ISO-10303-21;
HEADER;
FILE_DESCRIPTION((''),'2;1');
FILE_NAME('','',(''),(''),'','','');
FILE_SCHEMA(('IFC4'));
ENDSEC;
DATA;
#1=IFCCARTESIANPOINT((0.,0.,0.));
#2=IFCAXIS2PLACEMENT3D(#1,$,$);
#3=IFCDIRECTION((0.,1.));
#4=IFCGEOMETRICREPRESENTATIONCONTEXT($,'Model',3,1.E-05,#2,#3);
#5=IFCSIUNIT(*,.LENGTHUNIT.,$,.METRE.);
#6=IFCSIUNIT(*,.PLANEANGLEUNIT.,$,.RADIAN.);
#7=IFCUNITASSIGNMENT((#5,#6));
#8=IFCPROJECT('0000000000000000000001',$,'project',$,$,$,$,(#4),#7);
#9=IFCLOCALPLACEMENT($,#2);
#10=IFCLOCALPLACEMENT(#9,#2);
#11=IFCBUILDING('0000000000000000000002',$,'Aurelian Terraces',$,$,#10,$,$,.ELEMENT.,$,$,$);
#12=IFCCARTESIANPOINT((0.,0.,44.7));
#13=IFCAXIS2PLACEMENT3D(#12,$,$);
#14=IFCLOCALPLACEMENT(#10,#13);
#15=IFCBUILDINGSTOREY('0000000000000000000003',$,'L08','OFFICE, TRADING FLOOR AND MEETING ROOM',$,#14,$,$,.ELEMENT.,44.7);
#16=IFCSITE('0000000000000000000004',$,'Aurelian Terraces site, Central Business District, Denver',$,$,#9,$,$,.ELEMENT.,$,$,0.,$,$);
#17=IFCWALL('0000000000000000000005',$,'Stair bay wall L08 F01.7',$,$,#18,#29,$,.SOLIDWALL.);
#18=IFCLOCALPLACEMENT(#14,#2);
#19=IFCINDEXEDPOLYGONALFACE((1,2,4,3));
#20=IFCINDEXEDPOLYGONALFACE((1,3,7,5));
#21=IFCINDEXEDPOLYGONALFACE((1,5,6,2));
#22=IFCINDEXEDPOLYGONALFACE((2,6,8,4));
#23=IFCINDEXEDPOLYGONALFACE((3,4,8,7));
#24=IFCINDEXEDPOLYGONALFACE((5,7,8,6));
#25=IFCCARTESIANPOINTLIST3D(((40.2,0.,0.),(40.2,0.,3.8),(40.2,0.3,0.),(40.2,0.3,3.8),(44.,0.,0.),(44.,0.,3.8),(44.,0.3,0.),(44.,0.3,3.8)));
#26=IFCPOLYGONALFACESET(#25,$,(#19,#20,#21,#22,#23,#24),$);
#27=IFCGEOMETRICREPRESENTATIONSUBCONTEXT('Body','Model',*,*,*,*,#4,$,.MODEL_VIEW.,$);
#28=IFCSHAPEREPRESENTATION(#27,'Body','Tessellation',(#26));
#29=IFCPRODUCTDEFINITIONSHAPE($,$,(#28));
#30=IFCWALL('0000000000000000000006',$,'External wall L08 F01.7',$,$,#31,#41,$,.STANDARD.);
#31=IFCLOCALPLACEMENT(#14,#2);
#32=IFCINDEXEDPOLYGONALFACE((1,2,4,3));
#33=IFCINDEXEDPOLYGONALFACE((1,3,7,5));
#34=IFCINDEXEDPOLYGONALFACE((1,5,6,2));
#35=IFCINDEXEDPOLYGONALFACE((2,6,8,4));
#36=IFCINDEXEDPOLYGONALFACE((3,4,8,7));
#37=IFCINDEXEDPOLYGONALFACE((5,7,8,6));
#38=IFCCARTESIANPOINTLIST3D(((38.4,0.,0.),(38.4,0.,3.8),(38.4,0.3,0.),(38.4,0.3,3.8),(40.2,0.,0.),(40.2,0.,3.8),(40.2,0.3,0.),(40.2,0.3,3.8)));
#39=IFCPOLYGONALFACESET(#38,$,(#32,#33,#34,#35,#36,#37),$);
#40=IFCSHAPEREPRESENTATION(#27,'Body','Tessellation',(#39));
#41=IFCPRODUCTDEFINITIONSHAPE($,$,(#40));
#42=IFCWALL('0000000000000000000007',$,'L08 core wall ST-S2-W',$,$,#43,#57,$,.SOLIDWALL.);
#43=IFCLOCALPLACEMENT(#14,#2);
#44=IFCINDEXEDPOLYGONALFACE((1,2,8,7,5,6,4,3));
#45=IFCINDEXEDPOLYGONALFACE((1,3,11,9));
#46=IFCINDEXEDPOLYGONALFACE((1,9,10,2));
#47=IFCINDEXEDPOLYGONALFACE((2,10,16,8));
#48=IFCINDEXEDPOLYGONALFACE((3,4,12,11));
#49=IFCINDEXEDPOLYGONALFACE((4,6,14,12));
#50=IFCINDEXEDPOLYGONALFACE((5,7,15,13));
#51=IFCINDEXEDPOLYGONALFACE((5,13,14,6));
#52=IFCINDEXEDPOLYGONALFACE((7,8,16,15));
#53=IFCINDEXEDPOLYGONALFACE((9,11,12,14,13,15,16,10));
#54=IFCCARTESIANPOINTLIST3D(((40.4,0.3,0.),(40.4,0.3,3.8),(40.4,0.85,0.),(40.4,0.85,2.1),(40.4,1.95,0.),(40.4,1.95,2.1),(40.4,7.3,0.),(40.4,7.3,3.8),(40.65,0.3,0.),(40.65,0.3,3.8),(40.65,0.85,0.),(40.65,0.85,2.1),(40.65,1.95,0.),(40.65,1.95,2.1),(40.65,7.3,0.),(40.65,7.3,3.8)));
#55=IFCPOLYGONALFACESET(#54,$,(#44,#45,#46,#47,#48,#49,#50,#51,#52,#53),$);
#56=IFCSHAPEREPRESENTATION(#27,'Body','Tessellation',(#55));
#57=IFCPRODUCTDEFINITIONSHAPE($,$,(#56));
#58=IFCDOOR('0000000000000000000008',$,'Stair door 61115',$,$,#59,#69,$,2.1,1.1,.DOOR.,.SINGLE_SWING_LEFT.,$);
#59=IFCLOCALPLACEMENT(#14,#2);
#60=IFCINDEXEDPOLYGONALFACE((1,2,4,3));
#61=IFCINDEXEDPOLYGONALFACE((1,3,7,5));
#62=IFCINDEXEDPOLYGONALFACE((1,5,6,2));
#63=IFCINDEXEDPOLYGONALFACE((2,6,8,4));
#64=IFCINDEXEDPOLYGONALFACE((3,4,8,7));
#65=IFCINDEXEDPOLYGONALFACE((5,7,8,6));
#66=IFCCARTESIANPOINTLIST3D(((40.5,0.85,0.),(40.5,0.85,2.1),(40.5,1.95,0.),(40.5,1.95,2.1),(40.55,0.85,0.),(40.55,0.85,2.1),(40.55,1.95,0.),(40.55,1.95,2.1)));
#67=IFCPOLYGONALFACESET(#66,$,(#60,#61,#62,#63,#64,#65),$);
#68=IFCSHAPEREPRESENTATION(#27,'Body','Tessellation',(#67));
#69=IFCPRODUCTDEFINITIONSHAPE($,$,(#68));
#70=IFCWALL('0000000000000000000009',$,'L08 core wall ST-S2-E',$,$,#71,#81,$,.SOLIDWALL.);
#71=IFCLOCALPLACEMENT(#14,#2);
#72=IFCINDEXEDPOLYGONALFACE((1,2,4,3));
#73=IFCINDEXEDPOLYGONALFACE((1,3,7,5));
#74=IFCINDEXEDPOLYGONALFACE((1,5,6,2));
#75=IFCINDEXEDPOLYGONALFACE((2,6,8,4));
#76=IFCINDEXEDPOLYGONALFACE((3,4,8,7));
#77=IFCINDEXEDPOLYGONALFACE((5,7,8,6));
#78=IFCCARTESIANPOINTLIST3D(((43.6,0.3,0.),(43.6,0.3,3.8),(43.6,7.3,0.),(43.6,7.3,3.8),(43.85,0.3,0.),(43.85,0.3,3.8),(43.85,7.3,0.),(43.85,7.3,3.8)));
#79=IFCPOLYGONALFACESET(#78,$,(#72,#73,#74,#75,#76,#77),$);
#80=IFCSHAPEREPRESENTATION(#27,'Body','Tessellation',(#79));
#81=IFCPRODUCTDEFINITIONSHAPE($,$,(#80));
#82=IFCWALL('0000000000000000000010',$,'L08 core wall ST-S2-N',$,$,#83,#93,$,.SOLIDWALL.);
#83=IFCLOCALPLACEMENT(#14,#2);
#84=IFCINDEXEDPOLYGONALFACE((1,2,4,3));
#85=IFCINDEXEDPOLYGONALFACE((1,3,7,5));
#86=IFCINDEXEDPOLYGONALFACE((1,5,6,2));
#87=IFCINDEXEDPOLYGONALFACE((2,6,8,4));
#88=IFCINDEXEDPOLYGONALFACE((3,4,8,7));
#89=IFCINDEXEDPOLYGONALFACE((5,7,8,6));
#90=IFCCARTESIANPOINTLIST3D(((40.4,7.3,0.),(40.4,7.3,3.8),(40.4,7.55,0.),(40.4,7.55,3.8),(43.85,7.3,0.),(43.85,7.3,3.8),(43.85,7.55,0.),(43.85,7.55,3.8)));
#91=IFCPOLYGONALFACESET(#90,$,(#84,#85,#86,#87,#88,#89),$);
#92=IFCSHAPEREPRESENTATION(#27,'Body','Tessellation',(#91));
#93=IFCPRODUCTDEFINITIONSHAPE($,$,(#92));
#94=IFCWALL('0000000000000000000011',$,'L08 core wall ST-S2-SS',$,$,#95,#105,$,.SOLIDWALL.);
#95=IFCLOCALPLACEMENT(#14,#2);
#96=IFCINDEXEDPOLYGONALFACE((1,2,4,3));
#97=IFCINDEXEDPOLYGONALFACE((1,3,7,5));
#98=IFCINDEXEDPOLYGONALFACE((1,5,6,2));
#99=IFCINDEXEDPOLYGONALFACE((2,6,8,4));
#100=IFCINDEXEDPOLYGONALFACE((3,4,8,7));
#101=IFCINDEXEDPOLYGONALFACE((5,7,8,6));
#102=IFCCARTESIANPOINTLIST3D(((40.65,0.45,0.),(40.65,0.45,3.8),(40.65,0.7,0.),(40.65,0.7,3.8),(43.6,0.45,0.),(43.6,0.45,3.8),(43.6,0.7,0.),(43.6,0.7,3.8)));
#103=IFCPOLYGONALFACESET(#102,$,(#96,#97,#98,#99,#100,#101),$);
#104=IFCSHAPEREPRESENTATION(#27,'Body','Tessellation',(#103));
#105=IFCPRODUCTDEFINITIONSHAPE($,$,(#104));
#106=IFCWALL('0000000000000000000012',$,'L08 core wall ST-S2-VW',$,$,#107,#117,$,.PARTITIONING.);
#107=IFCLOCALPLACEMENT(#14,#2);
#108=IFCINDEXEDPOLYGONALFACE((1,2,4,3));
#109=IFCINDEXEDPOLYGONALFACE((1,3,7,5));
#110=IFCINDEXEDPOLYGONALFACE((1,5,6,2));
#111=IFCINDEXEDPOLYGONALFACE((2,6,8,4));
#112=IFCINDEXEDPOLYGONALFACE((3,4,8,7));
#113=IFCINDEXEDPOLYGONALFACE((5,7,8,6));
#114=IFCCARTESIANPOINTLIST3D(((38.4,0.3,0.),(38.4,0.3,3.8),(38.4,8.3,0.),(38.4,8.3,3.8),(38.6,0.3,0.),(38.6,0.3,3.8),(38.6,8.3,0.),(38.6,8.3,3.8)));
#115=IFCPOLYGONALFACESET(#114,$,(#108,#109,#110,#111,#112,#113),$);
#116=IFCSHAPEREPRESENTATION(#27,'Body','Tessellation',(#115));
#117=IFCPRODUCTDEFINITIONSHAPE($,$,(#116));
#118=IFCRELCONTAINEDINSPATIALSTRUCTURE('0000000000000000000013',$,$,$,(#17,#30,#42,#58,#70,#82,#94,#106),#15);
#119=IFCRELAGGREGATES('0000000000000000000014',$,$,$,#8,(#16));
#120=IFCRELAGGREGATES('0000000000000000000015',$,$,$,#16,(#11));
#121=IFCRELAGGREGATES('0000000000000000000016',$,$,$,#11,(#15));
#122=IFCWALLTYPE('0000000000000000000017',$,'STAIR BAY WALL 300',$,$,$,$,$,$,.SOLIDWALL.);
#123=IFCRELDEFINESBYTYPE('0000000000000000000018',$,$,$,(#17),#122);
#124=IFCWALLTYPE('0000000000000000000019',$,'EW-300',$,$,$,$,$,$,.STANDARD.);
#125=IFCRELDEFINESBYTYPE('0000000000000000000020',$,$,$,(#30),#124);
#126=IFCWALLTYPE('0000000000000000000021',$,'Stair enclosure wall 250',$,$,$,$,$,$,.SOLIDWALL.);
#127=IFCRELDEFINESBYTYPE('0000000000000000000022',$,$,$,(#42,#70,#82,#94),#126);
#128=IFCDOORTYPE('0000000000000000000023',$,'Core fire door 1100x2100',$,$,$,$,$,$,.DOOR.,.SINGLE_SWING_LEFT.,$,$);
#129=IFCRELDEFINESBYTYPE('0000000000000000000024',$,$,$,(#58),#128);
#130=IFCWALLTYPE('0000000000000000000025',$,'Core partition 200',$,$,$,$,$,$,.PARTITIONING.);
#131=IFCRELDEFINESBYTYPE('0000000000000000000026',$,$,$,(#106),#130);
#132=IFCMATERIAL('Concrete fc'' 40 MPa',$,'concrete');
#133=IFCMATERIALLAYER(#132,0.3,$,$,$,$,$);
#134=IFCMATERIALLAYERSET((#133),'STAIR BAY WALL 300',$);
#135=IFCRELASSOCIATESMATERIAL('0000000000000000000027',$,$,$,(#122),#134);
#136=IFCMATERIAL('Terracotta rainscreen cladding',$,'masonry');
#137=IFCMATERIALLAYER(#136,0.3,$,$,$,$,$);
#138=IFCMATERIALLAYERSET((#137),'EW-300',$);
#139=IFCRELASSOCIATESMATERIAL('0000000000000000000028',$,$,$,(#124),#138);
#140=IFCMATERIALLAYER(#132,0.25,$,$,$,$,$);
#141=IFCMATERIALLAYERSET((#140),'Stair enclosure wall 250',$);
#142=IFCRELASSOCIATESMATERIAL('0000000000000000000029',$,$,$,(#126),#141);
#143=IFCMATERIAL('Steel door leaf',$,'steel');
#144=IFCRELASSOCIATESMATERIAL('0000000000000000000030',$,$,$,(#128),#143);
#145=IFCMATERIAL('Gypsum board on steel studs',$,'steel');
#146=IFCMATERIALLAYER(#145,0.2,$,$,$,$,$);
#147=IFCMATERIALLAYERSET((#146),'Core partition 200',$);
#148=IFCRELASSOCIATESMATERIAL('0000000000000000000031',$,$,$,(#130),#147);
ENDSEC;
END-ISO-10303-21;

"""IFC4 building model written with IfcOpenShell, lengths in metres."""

from ifc_helpers import new_model, si_unit, direction, frame, frame_2d, origin, place, context, subcontext, project, spatial, rectangle, extrude, source, transform, mapped, material, layer, layer_set, type_object, element, fill, save


model = new_model("IFC4")

# Units and contexts
model_context = context("Model", 3, precision=1e-05, world=origin(), true_north=direction((0.0, 1.0)))
body_context = subcontext(model_context, "Body", "Model", "MODEL_VIEW")
ifc_project = project(units=[si_unit("LENGTHUNIT", "METRE"), si_unit("PLANEANGLEUNIT", "RADIAN")], contexts=[model_context])

# Site, building, storey
site_placement = place(None, origin())
site = spatial("IfcSite", under=ifc_project, at=site_placement, Name="Aurelian Terraces site, Central Business District, Denver", CompositionType="ELEMENT", RefElevation=0.0)
building_placement = place(site_placement, origin())
building = spatial("IfcBuilding", under=site, at=building_placement, Name="Aurelian Terraces", CompositionType="ELEMENT")
storey_placement = place(building_placement, frame((0.0, 0.0, 44.7)))
storey = spatial("IfcBuildingStorey", under=building, at=storey_placement, Name="L08", Description="OFFICE, TRADING FLOOR AND MEETING ROOM", CompositionType="ELEMENT", Elevation=44.7)

# Walls
ifc_material_1 = material(Name="Concrete fc' 40 MPa", Category="concrete")
ifc_layer_1 = layer(ifc_material_1, 0.3)
ifc_layer_set_1 = layer_set([ifc_layer_1], Name="STAIR BAY WALL 300")
wall_type_1 = type_object("IfcWallType", Name="STAIR BAY WALL 300", PredefinedType="SOLIDWALL", material=ifc_layer_set_1)
shared_shape_1 = source(origin(), body_context, "Body", "SweptSolid", [
    extrude(rectangle(XDim=3.8, YDim=0.3, at=frame_2d((1.9, 0.0))), origin(), (0.0, 0.0, 1.0), 3.8),
])
wall_1_placement = place(storey_placement, frame((40.2, 0.15, 0.0), z_axis=(0.0, 0.0, 1.0), x_axis=(1.0, 0.0, 0.0)))
element("IfcWall", 1, at=wall_1_placement, inside=storey, type_object=wall_type_1, Name="Stair bay wall L08 F01.7", PredefinedType="SOLIDWALL", context=body_context, shape_type="MappedRepresentation", body=[
    mapped(shared_shape_1, transform((0.0, 0.0, 0.0), scale=1.0)),
])
ifc_material_2 = material(Name="Terracotta rainscreen cladding", Category="masonry")
ifc_layer_2 = layer(ifc_material_2, 0.3)
ifc_layer_set_2 = layer_set([ifc_layer_2], Name="EW-300")
wall_type_2 = type_object("IfcWallType", Name="EW-300", PredefinedType="STANDARD", material=ifc_layer_set_2)
shared_shape_2 = source(origin(), body_context, "Body", "SweptSolid", [
    extrude(rectangle(XDim=1.8, YDim=0.3, at=frame_2d((0.9, 0.0))), origin(), (0.0, 0.0, 1.0), 3.8),
])
wall_2_placement = place(storey_placement, frame((38.4, 0.15, 0.0), z_axis=(0.0, 0.0, 1.0), x_axis=(1.0, 0.0, 0.0)))
element("IfcWall", 2, at=wall_2_placement, inside=storey, type_object=wall_type_2, Name="External wall L08 F01.7", PredefinedType="STANDARD", context=body_context, shape_type="MappedRepresentation", body=[
    mapped(shared_shape_2, transform((0.0, 0.0, 0.0), scale=1.0)),
])

# Wall, opening, door
ifc_layer_3 = layer(ifc_material_1, 0.25)
ifc_layer_set_3 = layer_set([ifc_layer_3], Name="Stair enclosure wall 250")
wall_type_3 = type_object("IfcWallType", Name="Stair enclosure wall 250", PredefinedType="SOLIDWALL", material=ifc_layer_set_3)
shared_shape_3 = source(origin(), body_context, "Body", "SweptSolid", [
    extrude(rectangle(XDim=7.0, YDim=0.25, at=frame_2d((3.5, 0.0))), origin(), (0.0, 0.0, 1.0), 3.8),
])
wall_3_placement = place(storey_placement, frame((40.525, 0.3, 0.0), z_axis=(0.0, 0.0, 1.0), x_axis=(0.0, 1.0, 0.0)))
wall_3 = element("IfcWall", 3, at=wall_3_placement, inside=storey, type_object=wall_type_3, Name="L08 core wall ST-S2-W", PredefinedType="SOLIDWALL", context=body_context, shape_type="MappedRepresentation", body=[
    mapped(shared_shape_3, transform((0.0, 0.0, 0.0), scale=1.0)),
])
shared_shape_4 = source(origin(), body_context, "Body", "SweptSolid", [
    extrude(rectangle(XDim=1.1, YDim=2.1, at=frame_2d((0.55, 1.05))), frame((0.0, 0.135, 0.0), z_axis=(0.0, -1.0, 0.0), x_axis=(1.0, 0.0, 0.0)), (0.0, 0.0, 1.0), 0.27),
])
opening_1_placement = place(wall_3_placement, frame((0.55, 0.0, 0.0)))
opening_1 = element("IfcOpeningElement", 4, at=opening_1_placement, cuts=wall_3, PredefinedType="OPENING", context=body_context, shape_type="MappedRepresentation", body=[
    mapped(shared_shape_4, transform((0.0, 0.0, 0.0), scale=1.0)),
])
ifc_material_3 = material(Name="Steel door leaf", Category="steel")
door_type_1 = type_object("IfcDoorType", Name="Core fire door 1100x2100", OperationType="SINGLE_SWING_LEFT", PredefinedType="DOOR", material=ifc_material_3)
shared_shape_5 = source(origin(), body_context, "Body", "SweptSolid", [
    extrude(rectangle(XDim=1.1, YDim=2.1, at=frame_2d((0.55, 1.05))), frame((0.0, 0.025, 0.0), z_axis=(0.0, -1.0, 0.0), x_axis=(1.0, 0.0, 0.0)), (0.0, 0.0, 1.0), 0.05),
])
door_1_placement = place(opening_1_placement, origin())
door_1 = element("IfcDoor", 5, at=door_1_placement, inside=storey, type_object=door_type_1, Name="Stair door 61115", OperationType="SINGLE_SWING_LEFT", OverallHeight=2.1, OverallWidth=1.1, PredefinedType="DOOR", context=body_context, shape_type="MappedRepresentation", body=[
    mapped(shared_shape_5, transform((0.0, 0.0, 0.0), scale=1.0)),
])
fill(opening_1, door_1)

# Walls
wall_4_placement = place(storey_placement, frame((43.725, 0.3, 0.0), z_axis=(0.0, 0.0, 1.0), x_axis=(0.0, 1.0, 0.0)))
element("IfcWall", 6, at=wall_4_placement, inside=storey, type_object=wall_type_3, Name="L08 core wall ST-S2-E", PredefinedType="SOLIDWALL", context=body_context, shape_type="MappedRepresentation", body=[
    mapped(shared_shape_3, transform((0.0, 0.0, 0.0), scale=1.0)),
])
shared_shape_6 = source(origin(), body_context, "Body", "SweptSolid", [
    extrude(rectangle(XDim=3.45, YDim=0.25, at=frame_2d((1.725, 0.0))), origin(), (0.0, 0.0, 1.0), 3.8),
])
wall_5_placement = place(storey_placement, frame((40.4, 7.425, 0.0), z_axis=(0.0, 0.0, 1.0), x_axis=(1.0, 0.0, 0.0)))
element("IfcWall", 7, at=wall_5_placement, inside=storey, type_object=wall_type_3, Name="L08 core wall ST-S2-N", PredefinedType="SOLIDWALL", context=body_context, shape_type="MappedRepresentation", body=[
    mapped(shared_shape_6, transform((0.0, 0.0, 0.0), scale=1.0)),
])
shared_shape_7 = source(origin(), body_context, "Body", "SweptSolid", [
    extrude(rectangle(XDim=2.95, YDim=0.25, at=frame_2d((1.475, 0.0))), origin(), (0.0, 0.0, 1.0), 3.8),
])
wall_6_placement = place(storey_placement, frame((40.65, 0.575, 0.0), z_axis=(0.0, 0.0, 1.0), x_axis=(1.0, 0.0, 0.0)))
element("IfcWall", 8, at=wall_6_placement, inside=storey, type_object=wall_type_3, Name="L08 core wall ST-S2-SS", PredefinedType="SOLIDWALL", context=body_context, shape_type="MappedRepresentation", body=[
    mapped(shared_shape_7, transform((0.0, 0.0, 0.0), scale=1.0)),
])
ifc_material_4 = material(Name="Gypsum board on steel studs", Category="steel")
ifc_layer_4 = layer(ifc_material_4, 0.2)
ifc_layer_set_4 = layer_set([ifc_layer_4], Name="Core partition 200")
wall_type_4 = type_object("IfcWallType", Name="Core partition 200", PredefinedType="PARTITIONING", material=ifc_layer_set_4)
shared_shape_8 = source(origin(), body_context, "Body", "SweptSolid", [
    extrude(rectangle(XDim=8.0, YDim=0.2, at=frame_2d((4.0, 0.0))), origin(), (0.0, 0.0, 1.0), 3.8),
])
wall_7_placement = place(storey_placement, frame((38.5, 0.3, 0.0), z_axis=(0.0, 0.0, 1.0), x_axis=(0.0, 1.0, 0.0)))
element("IfcWall", 9, at=wall_7_placement, inside=storey, type_object=wall_type_4, Name="L08 core wall ST-S2-VW", PredefinedType="PARTITIONING", context=body_context, shape_type="MappedRepresentation", body=[
    mapped(shared_shape_8, transform((0.0, 0.0, 0.0), scale=1.0)),
])

save(model, "model.ifc")
